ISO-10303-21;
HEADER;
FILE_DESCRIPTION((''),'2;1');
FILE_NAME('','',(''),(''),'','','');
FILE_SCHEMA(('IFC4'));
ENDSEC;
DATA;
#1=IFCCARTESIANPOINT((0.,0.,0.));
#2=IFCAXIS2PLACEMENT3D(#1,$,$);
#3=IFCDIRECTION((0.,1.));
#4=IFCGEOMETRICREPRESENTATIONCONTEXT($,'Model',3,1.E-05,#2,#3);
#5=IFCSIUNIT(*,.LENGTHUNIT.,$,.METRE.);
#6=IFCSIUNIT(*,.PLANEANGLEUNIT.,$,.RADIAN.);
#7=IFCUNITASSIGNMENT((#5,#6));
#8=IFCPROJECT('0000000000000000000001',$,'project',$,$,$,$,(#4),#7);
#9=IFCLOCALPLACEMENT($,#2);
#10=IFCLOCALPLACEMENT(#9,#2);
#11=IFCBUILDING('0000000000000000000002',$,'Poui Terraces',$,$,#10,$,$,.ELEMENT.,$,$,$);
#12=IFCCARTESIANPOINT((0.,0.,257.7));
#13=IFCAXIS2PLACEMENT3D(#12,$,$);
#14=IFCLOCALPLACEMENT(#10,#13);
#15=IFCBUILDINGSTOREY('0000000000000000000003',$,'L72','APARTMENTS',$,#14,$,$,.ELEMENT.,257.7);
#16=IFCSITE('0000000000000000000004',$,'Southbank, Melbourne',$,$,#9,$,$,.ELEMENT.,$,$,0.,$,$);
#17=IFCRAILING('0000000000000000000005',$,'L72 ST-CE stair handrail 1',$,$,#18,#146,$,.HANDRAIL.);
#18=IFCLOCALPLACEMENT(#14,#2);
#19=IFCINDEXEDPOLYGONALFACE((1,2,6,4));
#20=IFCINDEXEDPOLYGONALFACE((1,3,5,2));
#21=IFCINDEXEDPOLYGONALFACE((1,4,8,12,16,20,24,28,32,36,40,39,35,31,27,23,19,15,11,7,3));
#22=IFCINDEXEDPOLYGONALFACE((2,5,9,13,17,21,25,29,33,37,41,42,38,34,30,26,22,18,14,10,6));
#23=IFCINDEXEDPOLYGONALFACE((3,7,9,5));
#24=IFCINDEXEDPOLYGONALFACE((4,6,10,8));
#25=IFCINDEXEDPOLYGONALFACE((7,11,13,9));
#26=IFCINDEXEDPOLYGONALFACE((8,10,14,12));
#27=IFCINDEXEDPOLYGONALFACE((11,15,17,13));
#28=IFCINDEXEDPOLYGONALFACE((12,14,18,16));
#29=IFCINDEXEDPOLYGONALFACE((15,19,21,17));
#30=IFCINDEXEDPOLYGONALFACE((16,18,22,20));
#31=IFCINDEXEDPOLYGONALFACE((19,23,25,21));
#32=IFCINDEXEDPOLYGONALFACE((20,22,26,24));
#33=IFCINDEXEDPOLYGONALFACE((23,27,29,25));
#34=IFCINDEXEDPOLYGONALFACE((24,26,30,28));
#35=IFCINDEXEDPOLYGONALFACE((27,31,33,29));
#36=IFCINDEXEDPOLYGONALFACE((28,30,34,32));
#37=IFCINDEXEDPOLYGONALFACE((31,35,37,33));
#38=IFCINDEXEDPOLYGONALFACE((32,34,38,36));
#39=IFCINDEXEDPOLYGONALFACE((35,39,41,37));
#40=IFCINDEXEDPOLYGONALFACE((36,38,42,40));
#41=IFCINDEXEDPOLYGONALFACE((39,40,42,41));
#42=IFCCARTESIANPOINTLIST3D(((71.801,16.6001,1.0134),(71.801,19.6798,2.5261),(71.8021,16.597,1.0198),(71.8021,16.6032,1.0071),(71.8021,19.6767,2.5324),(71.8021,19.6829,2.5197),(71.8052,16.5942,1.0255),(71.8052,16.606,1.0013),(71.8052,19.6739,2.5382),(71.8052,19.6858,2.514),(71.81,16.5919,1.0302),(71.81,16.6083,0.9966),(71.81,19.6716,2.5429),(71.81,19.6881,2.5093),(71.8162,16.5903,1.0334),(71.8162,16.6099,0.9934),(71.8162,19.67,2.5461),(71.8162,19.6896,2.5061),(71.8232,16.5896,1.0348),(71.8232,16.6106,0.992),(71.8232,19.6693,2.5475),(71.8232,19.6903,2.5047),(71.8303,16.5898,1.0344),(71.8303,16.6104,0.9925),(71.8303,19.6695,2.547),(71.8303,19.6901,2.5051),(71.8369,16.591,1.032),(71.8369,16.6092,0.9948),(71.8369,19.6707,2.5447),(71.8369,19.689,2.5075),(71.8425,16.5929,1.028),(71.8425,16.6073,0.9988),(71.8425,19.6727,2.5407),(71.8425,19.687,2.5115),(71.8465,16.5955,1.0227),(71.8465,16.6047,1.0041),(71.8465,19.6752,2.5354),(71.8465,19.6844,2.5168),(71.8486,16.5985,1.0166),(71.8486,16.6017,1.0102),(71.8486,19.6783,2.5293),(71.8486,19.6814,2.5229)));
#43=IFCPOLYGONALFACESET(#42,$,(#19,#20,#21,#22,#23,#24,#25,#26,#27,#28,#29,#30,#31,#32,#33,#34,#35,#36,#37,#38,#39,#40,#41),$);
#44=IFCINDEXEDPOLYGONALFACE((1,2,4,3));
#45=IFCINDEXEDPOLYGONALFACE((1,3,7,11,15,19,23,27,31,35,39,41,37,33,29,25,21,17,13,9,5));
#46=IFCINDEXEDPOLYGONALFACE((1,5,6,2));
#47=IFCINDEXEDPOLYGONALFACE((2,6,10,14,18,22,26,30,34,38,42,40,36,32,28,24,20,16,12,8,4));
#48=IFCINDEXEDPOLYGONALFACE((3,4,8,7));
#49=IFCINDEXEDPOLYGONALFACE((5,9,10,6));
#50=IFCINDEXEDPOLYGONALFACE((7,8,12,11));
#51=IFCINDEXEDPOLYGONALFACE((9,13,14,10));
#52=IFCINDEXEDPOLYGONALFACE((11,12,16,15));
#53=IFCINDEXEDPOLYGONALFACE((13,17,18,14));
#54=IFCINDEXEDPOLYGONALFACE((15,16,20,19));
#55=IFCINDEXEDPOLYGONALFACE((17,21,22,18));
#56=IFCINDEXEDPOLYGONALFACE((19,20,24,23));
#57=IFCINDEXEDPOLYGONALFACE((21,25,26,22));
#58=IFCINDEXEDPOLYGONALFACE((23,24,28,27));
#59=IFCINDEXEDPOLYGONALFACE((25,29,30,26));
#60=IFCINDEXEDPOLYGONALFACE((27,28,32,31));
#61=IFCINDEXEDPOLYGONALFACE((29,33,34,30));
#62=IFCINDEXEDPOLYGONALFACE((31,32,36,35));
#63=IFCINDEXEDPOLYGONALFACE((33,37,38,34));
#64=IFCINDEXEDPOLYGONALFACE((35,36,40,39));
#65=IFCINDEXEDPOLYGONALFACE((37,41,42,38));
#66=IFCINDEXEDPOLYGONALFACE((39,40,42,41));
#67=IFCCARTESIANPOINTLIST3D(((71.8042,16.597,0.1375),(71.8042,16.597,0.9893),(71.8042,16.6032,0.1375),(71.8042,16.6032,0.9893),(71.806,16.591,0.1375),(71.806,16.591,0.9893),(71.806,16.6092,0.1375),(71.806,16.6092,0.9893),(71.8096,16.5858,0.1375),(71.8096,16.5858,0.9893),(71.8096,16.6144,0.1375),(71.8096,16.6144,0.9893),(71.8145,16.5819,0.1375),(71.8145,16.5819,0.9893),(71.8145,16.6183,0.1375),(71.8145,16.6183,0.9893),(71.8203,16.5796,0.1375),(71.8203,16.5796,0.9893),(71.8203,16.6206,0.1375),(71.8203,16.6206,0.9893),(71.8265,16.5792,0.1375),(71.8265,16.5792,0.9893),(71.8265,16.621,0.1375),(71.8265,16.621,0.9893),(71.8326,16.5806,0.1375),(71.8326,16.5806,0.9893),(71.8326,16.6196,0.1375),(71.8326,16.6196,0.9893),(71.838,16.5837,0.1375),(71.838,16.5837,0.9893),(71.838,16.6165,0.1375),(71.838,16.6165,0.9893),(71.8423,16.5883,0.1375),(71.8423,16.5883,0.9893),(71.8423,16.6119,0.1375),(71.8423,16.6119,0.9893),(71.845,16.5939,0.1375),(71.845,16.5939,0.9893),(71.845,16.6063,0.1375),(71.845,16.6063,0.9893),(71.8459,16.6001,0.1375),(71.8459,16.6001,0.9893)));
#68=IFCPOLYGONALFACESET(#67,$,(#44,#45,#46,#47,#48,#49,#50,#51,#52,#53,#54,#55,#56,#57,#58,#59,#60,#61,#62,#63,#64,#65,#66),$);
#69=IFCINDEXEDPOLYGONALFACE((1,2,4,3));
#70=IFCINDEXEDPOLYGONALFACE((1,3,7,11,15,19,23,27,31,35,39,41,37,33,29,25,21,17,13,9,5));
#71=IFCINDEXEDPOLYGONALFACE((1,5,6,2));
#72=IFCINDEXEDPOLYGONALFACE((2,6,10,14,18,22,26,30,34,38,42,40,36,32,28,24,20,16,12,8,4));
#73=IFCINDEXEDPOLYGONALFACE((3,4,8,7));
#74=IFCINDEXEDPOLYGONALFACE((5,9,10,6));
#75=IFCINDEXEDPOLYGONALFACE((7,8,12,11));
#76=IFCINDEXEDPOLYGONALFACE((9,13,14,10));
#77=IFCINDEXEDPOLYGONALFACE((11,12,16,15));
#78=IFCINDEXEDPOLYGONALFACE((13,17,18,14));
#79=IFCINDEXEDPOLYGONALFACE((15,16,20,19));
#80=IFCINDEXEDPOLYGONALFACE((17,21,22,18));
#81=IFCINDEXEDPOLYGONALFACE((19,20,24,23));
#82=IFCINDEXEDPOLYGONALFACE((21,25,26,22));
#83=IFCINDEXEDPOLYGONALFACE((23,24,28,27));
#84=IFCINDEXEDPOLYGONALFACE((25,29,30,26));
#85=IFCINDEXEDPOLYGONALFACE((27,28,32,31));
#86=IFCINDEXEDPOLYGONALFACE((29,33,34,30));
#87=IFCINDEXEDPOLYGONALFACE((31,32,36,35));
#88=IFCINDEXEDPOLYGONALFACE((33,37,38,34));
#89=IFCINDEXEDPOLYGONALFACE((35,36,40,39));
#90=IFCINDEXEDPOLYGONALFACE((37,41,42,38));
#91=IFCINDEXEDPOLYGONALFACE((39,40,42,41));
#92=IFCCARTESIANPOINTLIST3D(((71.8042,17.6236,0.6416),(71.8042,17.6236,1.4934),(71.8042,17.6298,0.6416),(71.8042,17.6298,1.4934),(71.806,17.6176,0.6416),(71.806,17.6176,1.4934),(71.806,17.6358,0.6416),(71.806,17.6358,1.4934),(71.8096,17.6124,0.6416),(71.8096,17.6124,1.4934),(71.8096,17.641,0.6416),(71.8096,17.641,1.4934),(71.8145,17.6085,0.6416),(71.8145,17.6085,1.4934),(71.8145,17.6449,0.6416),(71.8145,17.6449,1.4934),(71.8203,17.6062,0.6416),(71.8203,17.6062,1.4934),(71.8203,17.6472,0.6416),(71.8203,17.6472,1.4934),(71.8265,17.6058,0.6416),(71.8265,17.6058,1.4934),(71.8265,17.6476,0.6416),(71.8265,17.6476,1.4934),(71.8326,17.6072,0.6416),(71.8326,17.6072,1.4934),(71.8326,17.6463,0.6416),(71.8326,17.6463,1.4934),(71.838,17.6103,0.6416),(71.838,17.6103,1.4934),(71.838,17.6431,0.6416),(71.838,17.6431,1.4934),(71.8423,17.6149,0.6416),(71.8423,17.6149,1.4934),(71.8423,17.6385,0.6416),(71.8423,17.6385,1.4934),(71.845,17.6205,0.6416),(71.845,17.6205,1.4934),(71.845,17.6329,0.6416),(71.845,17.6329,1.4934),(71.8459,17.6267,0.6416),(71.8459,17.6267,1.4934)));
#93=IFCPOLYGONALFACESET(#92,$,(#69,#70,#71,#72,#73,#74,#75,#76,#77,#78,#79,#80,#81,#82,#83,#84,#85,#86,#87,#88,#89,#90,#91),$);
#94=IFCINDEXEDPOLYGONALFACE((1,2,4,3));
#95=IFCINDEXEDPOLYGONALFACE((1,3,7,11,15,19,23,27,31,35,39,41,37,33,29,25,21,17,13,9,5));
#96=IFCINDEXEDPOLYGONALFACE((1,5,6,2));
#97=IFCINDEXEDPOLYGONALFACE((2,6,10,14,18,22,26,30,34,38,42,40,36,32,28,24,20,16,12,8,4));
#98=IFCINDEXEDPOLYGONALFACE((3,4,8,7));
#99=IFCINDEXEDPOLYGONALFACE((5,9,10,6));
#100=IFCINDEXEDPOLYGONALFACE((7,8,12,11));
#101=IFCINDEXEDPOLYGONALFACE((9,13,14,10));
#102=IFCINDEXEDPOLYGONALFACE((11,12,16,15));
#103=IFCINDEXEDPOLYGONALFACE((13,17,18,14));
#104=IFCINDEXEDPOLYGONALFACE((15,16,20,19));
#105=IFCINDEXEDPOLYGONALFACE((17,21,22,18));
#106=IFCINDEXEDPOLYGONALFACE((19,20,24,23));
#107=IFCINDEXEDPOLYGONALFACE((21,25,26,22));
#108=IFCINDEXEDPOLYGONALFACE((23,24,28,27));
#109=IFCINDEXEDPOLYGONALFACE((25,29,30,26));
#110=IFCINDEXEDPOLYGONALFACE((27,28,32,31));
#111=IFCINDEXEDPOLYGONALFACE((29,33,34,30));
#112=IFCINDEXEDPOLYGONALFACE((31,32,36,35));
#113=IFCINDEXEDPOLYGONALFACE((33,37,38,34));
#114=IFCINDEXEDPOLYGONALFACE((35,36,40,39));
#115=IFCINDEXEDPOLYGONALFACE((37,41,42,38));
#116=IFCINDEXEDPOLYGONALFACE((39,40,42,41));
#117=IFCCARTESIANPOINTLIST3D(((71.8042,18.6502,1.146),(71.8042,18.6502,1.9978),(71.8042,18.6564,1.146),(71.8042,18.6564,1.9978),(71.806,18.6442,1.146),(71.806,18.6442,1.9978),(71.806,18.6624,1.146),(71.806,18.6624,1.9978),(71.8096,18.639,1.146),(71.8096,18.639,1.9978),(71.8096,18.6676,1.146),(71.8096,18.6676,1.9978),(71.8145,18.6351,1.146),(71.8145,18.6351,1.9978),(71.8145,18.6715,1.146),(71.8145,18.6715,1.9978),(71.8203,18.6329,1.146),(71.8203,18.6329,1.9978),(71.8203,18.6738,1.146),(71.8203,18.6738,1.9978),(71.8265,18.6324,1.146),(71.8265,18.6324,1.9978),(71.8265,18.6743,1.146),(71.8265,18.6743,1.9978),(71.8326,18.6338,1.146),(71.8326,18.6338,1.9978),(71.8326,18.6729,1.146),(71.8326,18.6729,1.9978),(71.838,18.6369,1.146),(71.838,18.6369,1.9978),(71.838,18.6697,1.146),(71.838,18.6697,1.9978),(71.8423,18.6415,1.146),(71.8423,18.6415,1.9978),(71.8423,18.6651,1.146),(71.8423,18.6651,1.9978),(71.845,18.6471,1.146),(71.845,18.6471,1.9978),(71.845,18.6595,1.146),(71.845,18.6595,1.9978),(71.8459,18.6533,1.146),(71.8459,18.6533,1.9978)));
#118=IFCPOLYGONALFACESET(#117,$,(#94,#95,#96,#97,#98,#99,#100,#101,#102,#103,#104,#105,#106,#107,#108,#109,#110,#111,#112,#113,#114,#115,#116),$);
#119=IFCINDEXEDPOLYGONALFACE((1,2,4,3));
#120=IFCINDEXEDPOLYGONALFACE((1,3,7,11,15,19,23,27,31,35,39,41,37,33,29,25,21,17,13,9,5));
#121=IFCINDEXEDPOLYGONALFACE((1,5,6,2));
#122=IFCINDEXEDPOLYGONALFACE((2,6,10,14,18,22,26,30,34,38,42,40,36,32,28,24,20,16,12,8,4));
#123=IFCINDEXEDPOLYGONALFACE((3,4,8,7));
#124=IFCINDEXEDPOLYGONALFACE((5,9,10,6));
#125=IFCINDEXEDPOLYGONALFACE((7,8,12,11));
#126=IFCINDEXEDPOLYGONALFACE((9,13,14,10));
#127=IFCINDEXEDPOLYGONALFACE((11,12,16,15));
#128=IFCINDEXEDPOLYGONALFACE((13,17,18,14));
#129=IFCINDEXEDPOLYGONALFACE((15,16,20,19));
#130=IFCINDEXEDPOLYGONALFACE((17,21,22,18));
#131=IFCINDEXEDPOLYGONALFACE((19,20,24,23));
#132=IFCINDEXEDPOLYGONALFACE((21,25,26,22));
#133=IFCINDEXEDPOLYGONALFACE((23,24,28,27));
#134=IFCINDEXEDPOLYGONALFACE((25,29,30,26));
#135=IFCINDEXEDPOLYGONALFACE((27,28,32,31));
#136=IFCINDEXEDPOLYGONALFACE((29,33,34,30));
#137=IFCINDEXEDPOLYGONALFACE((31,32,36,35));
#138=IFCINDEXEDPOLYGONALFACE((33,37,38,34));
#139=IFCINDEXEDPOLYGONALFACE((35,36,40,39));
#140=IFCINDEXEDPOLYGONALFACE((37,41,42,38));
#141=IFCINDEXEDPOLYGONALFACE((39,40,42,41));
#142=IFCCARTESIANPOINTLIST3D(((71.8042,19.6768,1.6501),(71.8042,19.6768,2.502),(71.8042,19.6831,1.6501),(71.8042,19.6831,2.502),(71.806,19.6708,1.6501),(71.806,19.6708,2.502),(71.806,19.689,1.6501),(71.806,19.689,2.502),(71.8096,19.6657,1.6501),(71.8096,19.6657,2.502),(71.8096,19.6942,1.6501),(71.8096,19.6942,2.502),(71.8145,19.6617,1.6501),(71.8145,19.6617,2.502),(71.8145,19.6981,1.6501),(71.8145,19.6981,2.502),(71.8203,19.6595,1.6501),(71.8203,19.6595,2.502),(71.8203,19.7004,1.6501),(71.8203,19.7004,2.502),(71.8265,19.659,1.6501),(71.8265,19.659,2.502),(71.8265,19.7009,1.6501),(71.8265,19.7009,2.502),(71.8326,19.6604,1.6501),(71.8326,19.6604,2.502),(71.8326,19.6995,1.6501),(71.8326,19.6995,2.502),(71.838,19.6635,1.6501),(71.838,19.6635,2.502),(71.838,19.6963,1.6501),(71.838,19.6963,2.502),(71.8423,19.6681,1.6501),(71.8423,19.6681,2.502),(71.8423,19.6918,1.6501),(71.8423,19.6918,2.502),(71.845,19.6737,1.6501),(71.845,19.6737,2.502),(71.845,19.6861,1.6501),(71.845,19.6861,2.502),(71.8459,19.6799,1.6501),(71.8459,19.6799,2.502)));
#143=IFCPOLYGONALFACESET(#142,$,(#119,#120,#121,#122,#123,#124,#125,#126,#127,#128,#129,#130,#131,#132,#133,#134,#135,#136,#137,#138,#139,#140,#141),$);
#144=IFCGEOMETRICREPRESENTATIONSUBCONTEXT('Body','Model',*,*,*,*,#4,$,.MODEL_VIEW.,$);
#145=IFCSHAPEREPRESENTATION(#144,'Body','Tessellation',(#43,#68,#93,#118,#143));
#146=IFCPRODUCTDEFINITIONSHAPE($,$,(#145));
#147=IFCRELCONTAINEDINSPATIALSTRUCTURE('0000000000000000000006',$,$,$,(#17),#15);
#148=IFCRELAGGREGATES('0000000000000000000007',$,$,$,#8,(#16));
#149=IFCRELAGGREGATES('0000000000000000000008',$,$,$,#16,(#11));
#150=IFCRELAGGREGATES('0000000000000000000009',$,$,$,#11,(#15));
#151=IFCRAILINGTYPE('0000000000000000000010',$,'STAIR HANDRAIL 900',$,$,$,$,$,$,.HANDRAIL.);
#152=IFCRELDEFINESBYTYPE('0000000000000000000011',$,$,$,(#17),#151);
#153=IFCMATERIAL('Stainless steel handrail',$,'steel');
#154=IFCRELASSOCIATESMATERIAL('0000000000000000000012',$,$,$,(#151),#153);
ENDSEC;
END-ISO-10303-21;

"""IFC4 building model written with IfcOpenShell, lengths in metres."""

from ifc_helpers import new_model, si_unit, direction, frame, origin, origin_2d, place, context, subcontext, project, spatial, circle, extrude, material, type_object, element, save


model = new_model("IFC4")

# Units and contexts
model_context = context("Model", 3, precision=1e-05, world=origin(), true_north=direction((0.0, 1.0)))
body_context = subcontext(model_context, "Body", "Model", "MODEL_VIEW")
ifc_project = project(units=[si_unit("LENGTHUNIT", "METRE"), si_unit("PLANEANGLEUNIT", "RADIAN")], contexts=[model_context])

# Site, building, storey
site_placement = place(None, origin())
site = spatial("IfcSite", under=ifc_project, at=site_placement, Name="Southbank, Melbourne", CompositionType="ELEMENT", RefElevation=0.0)
building_placement = place(site_placement, origin())
building = spatial("IfcBuilding", under=site, at=building_placement, Name="Poui Terraces", CompositionType="ELEMENT")
storey_placement = place(building_placement, frame((0.0, 0.0, 257.7)))
storey = spatial("IfcBuildingStorey", under=building, at=storey_placement, Name="L72", Description="APARTMENTS", CompositionType="ELEMENT", Elevation=257.7)

# Railing
ifc_material_1 = material(Name="Stainless steel handrail", Category="steel")
railing_type_1 = type_object("IfcRailingType", Name="STAIR HANDRAIL 900", PredefinedType="HANDRAIL", material=ifc_material_1)
railing_1_placement = place(storey_placement, frame((71.825, 16.6001, 0.1375)))
element("IfcRailing", 1, at=railing_1_placement, inside=storey, type_object=railing_type_1, Name="L72 ST-CE stair handrail 1", PredefinedType="HANDRAIL", context=body_context, shape_type="SweptSolid", body=[
    extrude(circle(Radius=0.0239, at=origin_2d()), frame((0.0, 0.0, 0.876), z_axis=(0.0, 0.897578, 0.440856), x_axis=(-1.0, 0.0, 0.0)), (0.0, 0.0, 1.0), 3.4312),
    extrude(circle(Radius=0.021, at=origin_2d()), origin(), (0.0, 0.0, 1.0), 0.8518),
    extrude(circle(Radius=0.021, at=origin_2d()), frame((0.0, 1.0266, 0.5042)), (0.0, 0.0, 1.0), 0.8518),
    extrude(circle(Radius=0.021, at=origin_2d()), frame((0.0, 2.0532, 1.0085)), (0.0, 0.0, 1.0), 0.8518),
    extrude(circle(Radius=0.021, at=origin_2d()), frame((0.0, 3.0798, 1.5127)), (0.0, 0.0, 1.0), 0.8518),
])

save(model, "model.ifc")
